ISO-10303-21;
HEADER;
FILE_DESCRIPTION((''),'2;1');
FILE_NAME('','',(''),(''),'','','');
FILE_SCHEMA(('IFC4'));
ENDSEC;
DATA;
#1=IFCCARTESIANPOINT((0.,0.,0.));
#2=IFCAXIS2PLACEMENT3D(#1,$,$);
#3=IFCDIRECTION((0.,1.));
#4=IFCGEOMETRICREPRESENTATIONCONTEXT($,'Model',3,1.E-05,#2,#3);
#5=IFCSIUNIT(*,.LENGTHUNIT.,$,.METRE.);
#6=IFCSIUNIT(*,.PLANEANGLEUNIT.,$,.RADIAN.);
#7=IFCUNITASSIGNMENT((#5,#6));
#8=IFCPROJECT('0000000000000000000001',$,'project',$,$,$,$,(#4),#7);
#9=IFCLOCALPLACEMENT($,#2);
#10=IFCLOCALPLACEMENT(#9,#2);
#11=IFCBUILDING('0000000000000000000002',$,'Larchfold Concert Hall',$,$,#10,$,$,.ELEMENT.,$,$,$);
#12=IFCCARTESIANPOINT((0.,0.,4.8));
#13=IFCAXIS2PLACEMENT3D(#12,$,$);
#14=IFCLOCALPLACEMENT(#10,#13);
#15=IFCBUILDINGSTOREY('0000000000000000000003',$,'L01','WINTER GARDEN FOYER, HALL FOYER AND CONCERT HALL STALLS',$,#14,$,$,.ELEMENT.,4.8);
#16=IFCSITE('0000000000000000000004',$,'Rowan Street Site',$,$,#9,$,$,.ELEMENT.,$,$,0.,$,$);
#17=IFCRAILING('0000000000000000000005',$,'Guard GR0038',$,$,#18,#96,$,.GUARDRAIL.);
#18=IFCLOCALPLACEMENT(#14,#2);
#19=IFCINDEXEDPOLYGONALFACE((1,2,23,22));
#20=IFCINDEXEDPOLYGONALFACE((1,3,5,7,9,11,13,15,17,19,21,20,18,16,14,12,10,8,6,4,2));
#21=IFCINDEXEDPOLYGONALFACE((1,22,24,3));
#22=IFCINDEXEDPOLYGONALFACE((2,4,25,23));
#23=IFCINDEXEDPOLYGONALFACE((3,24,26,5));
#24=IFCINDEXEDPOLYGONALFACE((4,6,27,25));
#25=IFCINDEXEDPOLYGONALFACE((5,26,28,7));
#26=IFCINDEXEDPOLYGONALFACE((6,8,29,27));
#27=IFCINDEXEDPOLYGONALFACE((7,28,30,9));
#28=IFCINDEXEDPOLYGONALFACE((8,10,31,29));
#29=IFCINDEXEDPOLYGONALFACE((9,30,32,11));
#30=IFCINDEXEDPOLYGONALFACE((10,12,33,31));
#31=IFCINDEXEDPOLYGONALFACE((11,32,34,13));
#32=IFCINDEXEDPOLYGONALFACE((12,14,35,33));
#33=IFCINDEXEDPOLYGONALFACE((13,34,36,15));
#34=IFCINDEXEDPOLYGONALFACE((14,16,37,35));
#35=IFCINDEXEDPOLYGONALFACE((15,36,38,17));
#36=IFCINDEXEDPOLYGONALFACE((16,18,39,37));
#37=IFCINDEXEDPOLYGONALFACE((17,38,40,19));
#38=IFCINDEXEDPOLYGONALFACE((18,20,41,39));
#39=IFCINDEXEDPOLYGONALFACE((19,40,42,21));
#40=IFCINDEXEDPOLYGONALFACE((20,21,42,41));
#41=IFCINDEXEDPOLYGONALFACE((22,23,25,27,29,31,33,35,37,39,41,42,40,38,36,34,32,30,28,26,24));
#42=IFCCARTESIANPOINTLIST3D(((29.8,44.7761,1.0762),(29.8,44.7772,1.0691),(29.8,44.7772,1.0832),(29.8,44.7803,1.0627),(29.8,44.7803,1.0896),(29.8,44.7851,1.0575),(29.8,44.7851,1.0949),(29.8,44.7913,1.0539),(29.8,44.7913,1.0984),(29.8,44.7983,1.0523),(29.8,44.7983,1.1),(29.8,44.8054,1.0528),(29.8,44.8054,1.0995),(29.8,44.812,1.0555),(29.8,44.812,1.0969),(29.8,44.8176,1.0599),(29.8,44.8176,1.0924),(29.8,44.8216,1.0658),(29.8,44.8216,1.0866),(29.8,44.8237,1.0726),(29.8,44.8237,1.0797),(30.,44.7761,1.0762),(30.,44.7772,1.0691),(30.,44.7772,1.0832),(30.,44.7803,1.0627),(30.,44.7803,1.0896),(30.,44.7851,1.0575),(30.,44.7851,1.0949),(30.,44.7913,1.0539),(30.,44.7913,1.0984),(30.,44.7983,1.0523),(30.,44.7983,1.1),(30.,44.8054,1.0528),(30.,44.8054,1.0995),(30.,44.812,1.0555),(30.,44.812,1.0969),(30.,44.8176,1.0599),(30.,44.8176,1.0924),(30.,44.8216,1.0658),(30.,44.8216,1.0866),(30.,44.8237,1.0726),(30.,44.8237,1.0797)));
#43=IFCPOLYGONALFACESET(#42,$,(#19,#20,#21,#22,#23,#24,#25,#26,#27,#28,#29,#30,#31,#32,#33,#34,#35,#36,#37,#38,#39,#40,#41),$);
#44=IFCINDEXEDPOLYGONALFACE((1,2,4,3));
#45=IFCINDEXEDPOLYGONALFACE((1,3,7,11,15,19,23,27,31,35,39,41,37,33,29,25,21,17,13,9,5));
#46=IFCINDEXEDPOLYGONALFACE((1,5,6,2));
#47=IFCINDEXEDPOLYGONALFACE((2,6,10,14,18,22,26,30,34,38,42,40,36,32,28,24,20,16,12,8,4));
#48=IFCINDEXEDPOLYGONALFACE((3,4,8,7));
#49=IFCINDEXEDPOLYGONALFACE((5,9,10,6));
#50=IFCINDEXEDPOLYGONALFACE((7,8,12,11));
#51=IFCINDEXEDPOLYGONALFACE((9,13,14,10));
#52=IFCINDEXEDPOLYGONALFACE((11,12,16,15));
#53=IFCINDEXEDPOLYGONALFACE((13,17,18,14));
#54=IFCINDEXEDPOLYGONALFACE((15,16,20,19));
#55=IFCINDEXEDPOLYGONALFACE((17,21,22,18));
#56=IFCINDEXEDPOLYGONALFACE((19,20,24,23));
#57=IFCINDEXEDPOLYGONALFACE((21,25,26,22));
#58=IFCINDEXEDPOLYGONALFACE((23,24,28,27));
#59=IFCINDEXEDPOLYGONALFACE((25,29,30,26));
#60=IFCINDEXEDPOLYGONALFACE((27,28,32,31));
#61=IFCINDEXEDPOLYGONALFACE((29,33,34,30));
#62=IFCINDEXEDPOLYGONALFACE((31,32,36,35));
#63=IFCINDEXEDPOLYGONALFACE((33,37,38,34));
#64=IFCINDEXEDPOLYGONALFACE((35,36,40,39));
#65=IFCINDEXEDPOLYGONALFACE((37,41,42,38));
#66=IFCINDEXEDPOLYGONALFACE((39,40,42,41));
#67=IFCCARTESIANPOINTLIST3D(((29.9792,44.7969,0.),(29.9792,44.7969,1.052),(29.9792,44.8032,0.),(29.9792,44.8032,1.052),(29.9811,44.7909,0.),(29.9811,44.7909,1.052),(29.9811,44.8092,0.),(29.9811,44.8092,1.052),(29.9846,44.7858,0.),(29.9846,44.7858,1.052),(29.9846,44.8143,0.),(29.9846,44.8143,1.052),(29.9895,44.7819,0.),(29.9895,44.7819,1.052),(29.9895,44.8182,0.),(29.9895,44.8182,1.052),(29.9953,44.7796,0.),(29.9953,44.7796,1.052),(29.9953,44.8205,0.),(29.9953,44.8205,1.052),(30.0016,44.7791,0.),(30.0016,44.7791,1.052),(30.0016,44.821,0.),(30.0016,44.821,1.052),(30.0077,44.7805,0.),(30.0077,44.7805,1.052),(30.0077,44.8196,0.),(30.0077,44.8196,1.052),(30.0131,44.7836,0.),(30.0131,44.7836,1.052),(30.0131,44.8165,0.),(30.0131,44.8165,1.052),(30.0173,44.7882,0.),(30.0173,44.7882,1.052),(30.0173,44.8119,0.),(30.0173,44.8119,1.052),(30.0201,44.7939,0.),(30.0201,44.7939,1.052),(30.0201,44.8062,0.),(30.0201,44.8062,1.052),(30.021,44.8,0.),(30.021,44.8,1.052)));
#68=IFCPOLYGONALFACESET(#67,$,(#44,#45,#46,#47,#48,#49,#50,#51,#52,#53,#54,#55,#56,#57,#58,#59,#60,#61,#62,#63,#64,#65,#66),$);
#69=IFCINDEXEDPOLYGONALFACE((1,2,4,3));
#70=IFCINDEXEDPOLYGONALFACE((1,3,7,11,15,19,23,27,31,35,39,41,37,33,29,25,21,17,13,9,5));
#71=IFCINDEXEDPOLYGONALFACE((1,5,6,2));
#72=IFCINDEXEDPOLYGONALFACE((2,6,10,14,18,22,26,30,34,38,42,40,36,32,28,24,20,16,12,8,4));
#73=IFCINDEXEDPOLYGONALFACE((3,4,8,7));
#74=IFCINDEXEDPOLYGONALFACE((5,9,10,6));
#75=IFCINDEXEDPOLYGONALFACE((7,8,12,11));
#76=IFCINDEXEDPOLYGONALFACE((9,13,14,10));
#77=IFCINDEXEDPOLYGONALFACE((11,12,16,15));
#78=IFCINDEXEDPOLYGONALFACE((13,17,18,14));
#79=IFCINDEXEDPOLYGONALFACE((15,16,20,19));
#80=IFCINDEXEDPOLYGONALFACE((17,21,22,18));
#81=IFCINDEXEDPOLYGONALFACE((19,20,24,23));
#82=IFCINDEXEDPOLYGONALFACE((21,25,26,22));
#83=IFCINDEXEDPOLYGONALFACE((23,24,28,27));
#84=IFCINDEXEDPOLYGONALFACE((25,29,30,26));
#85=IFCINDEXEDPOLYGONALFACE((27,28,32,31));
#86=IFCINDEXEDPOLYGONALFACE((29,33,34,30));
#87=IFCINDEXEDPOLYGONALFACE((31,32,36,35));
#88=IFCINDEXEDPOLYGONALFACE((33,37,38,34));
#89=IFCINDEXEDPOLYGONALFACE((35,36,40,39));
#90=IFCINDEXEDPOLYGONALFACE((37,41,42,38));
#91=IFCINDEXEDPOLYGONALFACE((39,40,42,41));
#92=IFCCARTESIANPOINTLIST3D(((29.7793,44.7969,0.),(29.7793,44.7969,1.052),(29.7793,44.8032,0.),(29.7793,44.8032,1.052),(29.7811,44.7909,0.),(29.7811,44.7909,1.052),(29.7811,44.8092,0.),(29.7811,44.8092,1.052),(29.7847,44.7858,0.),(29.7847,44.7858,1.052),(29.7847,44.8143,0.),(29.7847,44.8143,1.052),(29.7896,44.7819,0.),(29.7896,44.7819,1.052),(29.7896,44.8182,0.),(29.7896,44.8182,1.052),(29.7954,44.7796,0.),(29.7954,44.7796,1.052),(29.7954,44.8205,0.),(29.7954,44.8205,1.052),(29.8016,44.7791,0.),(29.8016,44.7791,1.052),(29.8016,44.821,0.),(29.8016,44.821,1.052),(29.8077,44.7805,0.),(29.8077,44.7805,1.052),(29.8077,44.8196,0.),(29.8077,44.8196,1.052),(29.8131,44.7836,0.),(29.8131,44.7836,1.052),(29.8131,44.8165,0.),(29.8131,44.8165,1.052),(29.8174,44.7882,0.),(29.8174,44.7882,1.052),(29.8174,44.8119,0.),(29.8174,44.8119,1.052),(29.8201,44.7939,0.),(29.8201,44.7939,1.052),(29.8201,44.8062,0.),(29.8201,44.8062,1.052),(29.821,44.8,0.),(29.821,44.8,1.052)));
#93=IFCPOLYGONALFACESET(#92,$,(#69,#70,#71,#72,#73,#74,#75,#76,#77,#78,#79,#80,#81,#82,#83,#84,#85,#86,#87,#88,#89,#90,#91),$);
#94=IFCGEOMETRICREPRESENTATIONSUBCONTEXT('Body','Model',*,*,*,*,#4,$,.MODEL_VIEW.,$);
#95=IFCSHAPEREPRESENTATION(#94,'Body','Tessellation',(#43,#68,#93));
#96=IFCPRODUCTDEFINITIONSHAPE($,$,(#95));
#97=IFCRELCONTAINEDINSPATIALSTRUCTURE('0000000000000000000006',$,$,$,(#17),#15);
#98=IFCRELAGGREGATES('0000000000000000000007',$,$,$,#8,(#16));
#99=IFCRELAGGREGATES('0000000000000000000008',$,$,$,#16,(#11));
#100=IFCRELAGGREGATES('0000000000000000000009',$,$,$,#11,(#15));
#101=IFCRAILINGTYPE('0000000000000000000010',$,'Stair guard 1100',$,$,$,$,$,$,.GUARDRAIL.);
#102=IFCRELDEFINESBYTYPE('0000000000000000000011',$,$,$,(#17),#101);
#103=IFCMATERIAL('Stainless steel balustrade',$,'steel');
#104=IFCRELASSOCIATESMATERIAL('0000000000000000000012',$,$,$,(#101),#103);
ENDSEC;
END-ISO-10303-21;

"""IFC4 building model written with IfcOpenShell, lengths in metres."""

from ifc_helpers import new_model, si_unit, direction, frame, origin, origin_2d, place, context, subcontext, project, spatial, circle, extrude, material, type_object, element, save


model = new_model("IFC4")

# Units and contexts
model_context = context("Model", 3, precision=1e-05, world=origin(), true_north=direction((0.0, 1.0)))
body_context = subcontext(model_context, "Body", "Model", "MODEL_VIEW")
ifc_project = project(units=[si_unit("LENGTHUNIT", "METRE"), si_unit("PLANEANGLEUNIT", "RADIAN")], contexts=[model_context])

# Site, building, storey
site_placement = place(None, origin())
site = spatial("IfcSite", under=ifc_project, at=site_placement, Name="Rowan Street Site", CompositionType="ELEMENT", RefElevation=0.0)
building_placement = place(site_placement, origin())
building = spatial("IfcBuilding", under=site, at=building_placement, Name="Larchfold Concert Hall", CompositionType="ELEMENT")
storey_placement = place(building_placement, frame((0.0, 0.0, 4.8)))
storey = spatial("IfcBuildingStorey", under=building, at=storey_placement, Name="L01", Description="WINTER GARDEN FOYER, HALL FOYER AND CONCERT HALL STALLS", CompositionType="ELEMENT", Elevation=4.8)

# Railing
ifc_material_1 = material(Name="Stainless steel balustrade", Category="steel")
railing_type_1 = type_object("IfcRailingType", Name="Stair guard 1100", PredefinedType="GUARDRAIL", material=ifc_material_1)
railing_1_placement = place(storey_placement, frame((30.0, 44.8, 0.0)))
element("IfcRailing", 1, at=railing_1_placement, inside=storey, type_object=railing_type_1, Name="Guard GR0038", PredefinedType="GUARDRAIL", context=body_context, shape_type="SweptSolid", body=[
    extrude(circle(Radius=0.0239, at=origin_2d()), frame((0.0, 0.0, 1.0762), z_axis=(-1.0, 0.0, 0.0), x_axis=(0.0, -1.0, 0.0)), (0.0, 0.0, 1.0), 0.2),
    extrude(circle(Radius=0.021, at=origin_2d()), origin(), (0.0, 0.0, 1.0), 1.052),
    extrude(circle(Radius=0.021, at=origin_2d()), frame((-0.2, 0.0, 0.0)), (0.0, 0.0, 1.0), 1.052),
])

save(model, "model.ifc")
